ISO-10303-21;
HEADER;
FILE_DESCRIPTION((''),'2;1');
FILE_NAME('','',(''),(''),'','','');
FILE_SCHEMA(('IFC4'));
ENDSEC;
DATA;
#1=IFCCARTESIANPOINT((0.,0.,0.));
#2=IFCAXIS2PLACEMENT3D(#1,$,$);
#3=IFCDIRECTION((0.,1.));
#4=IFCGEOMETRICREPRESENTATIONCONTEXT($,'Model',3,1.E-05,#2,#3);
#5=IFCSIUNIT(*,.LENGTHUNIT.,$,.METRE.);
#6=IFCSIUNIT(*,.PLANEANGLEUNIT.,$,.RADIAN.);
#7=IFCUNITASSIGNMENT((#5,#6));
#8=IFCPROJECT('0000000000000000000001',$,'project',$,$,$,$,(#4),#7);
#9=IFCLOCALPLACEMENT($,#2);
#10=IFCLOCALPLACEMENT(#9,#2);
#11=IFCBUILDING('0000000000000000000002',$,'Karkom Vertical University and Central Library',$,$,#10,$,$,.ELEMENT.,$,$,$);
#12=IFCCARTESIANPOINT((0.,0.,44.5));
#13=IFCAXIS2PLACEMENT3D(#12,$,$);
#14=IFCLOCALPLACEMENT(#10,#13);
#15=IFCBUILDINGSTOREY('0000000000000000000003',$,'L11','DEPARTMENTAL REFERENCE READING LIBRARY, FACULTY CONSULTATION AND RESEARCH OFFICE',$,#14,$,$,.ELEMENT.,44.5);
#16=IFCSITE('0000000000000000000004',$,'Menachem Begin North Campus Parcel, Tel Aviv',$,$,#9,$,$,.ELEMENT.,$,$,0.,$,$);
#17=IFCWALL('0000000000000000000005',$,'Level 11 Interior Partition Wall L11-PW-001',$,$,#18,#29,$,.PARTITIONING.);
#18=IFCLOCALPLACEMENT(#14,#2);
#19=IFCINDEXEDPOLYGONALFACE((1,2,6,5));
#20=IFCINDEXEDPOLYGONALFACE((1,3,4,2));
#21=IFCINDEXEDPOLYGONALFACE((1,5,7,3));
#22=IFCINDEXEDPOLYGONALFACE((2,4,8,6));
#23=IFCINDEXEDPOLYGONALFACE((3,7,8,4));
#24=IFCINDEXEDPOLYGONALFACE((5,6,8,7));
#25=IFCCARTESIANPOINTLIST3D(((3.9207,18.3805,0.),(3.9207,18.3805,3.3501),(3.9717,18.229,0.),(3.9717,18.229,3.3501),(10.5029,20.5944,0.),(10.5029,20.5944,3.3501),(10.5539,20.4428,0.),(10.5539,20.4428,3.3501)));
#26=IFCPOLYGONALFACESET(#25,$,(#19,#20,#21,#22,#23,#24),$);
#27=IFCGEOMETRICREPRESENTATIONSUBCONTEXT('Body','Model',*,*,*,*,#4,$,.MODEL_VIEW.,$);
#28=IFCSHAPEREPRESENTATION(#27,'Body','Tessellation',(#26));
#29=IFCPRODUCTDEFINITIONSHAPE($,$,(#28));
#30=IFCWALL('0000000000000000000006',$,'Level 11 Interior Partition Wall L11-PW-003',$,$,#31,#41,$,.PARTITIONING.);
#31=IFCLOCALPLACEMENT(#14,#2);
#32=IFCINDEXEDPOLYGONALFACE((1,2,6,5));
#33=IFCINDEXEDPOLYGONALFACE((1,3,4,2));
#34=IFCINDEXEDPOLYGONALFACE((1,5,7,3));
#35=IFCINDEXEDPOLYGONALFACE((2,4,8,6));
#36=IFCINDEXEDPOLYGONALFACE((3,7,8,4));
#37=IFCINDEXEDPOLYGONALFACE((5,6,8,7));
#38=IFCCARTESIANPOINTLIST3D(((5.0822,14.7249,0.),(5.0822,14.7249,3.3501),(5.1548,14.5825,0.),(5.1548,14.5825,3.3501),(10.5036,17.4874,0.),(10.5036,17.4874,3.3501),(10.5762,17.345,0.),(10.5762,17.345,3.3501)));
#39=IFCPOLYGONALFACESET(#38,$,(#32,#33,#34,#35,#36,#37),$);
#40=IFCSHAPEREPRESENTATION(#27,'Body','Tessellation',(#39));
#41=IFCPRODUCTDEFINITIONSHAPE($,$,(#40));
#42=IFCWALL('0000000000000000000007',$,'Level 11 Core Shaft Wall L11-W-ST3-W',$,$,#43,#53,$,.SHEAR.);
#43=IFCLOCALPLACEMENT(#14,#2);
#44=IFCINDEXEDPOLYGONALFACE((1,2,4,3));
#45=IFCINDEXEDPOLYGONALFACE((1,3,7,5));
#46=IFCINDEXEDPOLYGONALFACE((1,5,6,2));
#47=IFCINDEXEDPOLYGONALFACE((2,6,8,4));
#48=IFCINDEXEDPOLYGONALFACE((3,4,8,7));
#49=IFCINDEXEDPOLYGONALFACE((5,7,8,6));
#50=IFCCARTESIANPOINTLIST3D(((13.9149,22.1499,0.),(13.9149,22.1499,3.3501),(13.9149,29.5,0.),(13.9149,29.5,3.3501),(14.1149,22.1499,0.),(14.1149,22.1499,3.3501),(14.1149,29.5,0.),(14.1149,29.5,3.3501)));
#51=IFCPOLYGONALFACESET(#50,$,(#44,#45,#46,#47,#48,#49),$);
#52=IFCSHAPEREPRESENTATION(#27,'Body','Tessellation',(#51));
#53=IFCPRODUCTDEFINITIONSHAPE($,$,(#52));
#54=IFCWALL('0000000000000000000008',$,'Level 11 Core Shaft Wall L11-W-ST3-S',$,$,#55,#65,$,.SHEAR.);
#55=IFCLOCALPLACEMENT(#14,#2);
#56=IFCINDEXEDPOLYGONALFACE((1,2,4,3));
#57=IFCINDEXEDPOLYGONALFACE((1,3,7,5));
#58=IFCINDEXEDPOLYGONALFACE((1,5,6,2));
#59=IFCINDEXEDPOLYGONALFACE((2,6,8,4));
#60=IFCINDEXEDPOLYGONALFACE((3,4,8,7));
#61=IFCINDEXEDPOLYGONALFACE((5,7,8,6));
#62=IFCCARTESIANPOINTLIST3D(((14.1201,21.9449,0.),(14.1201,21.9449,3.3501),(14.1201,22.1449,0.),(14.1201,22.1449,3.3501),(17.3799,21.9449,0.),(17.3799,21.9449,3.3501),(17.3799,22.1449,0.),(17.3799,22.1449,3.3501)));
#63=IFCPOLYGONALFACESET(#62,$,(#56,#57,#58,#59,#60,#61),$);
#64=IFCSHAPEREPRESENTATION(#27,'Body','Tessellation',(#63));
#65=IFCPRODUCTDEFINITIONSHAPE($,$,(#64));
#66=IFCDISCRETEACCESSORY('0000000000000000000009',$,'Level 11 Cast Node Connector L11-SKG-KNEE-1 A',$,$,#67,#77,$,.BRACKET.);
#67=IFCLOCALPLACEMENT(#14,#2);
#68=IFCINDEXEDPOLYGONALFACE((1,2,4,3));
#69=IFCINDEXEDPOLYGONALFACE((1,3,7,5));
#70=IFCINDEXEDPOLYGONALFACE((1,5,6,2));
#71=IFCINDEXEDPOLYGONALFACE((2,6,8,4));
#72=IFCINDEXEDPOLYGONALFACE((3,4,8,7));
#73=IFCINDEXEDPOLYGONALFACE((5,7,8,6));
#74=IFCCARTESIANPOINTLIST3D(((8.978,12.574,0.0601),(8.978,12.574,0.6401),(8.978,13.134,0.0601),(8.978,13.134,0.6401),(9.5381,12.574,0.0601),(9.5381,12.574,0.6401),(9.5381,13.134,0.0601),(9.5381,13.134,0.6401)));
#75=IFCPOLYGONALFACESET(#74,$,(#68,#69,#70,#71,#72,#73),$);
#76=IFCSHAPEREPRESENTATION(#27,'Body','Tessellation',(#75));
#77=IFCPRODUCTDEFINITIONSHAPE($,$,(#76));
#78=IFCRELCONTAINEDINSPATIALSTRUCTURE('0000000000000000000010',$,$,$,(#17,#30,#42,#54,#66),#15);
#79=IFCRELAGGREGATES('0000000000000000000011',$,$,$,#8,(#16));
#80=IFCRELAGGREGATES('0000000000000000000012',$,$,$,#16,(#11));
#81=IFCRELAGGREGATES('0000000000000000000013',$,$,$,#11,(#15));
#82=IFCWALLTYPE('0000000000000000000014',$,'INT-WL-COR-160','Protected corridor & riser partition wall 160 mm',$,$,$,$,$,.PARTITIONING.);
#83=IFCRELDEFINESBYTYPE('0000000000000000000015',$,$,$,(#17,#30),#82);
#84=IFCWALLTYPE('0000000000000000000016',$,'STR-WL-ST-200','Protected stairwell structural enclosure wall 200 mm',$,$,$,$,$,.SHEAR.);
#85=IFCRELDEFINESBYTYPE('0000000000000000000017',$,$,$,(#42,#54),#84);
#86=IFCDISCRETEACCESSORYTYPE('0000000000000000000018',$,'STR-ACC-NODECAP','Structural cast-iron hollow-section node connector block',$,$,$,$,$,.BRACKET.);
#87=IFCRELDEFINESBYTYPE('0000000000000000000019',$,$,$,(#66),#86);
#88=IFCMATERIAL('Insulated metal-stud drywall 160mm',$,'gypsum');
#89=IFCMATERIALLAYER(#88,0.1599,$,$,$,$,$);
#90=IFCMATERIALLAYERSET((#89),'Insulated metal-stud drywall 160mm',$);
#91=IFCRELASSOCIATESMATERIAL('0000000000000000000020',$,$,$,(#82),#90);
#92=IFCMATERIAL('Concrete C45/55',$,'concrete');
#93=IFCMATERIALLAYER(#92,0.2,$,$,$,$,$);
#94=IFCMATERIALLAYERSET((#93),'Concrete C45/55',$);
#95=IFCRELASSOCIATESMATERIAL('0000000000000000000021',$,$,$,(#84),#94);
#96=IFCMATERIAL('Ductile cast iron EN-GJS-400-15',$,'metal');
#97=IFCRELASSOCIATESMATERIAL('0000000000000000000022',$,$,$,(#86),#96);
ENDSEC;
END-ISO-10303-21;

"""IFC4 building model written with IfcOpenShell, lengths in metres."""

from ifc_helpers import new_model, si_unit, direction, frame, frame_2d, origin, origin_with_axes, origin_2d, place, context, subcontext, project, spatial, rectangle, extrude, source, transform, mapped, material, layer, layer_set, type_object, element, save


model = new_model("IFC4")

# Units and contexts
model_context = context("Model", 3, precision=1e-05, world=origin(), true_north=direction((0.0, 1.0)))
body_context = subcontext(model_context, "Body", "Model", "MODEL_VIEW")
ifc_project = project(units=[si_unit("LENGTHUNIT", "METRE"), si_unit("PLANEANGLEUNIT", "RADIAN")], contexts=[model_context])

# Site, building, storey
site_placement = place(None, origin())
site = spatial("IfcSite", under=ifc_project, at=site_placement, Name="Menachem Begin North Campus Parcel, Tel Aviv", CompositionType="ELEMENT", RefElevation=0.0)
building_placement = place(site_placement, origin())
building = spatial("IfcBuilding", under=site, at=building_placement, Name="Karkom Vertical University and Central Library", CompositionType="ELEMENT")
storey_placement = place(building_placement, frame((0.0, 0.0, 44.5)))
storey = spatial("IfcBuildingStorey", under=building, at=storey_placement, Name="L11", Description="DEPARTMENTAL REFERENCE READING LIBRARY, FACULTY CONSULTATION AND RESEARCH OFFICE", CompositionType="ELEMENT", Elevation=44.5)

# Shared definitions
ifc_material_1 = material(Name="Insulated metal-stud drywall 160mm", Category="gypsum")
ifc_layer_1 = layer(ifc_material_1, 0.1599)
ifc_layer_set_1 = layer_set([ifc_layer_1], Name="Insulated metal-stud drywall 160mm")
wall_type_1 = type_object("IfcWallType", Name="INT-WL-COR-160", Description="Protected corridor & riser partition wall 160 mm", PredefinedType="PARTITIONING", material=ifc_layer_set_1)

# Walls
wall_1_placement = place(storey_placement, frame((10.5283, 20.5186, 0.0), z_axis=(0.0, 0.0, 1.0), x_axis=(-0.947826, -0.318789, 0.0)))
element("IfcWall", 1, at=wall_1_placement, inside=storey, type_object=wall_type_1, Name="Level 11 Interior Partition Wall L11-PW-001", PredefinedType="PARTITIONING", context=body_context, shape_type="SweptSolid", body=[
    extrude(rectangle(XDim=6.9446, YDim=0.1599, at=frame_2d((3.4722, 0.0))), origin(), (0.0, 0.0, 1.0), 3.3501),
])
wall_2_placement = place(storey_placement, frame((10.54, 17.4163, 0.0), z_axis=(0.0, 0.0, 1.0), x_axis=(-0.890999, -0.454006, 0.0)))
element("IfcWall", 2, at=wall_2_placement, inside=storey, type_object=wall_type_1, Name="Level 11 Interior Partition Wall L11-PW-003", PredefinedType="PARTITIONING", context=body_context, shape_type="SweptSolid", body=[
    extrude(rectangle(XDim=6.0847, YDim=0.1599, at=frame_2d((3.0425, 0.0))), origin(), (0.0, 0.0, 1.0), 3.3501),
])
ifc_material_2 = material(Name="Concrete C45/55", Category="concrete")
ifc_layer_2 = layer(ifc_material_2, 0.2)
ifc_layer_set_2 = layer_set([ifc_layer_2], Name="Concrete C45/55")
wall_type_2 = type_object("IfcWallType", Name="STR-WL-ST-200", Description="Protected stairwell structural enclosure wall 200 mm", PredefinedType="SHEAR", material=ifc_layer_set_2)
wall_3_placement = place(storey_placement, frame((14.0149, 22.1499, 0.0), z_axis=(0.0, 0.0, 1.0), x_axis=(0.0, 1.0, 0.0)))
element("IfcWall", 3, at=wall_3_placement, inside=storey, type_object=wall_type_2, Name="Level 11 Core Shaft Wall L11-W-ST3-W", PredefinedType="SHEAR", context=body_context, shape_type="SweptSolid", body=[
    extrude(rectangle(XDim=7.3501, YDim=0.2, at=frame_2d((3.675, 0.0))), origin(), (0.0, 0.0, 1.0), 3.3501),
])
wall_4_placement = place(storey_placement, frame((14.1201, 22.0449, 0.0), z_axis=(0.0, 0.0, 1.0), x_axis=(1.0, 0.0, 0.0)))
element("IfcWall", 4, at=wall_4_placement, inside=storey, type_object=wall_type_2, Name="Level 11 Core Shaft Wall L11-W-ST3-S", PredefinedType="SHEAR", context=body_context, shape_type="SweptSolid", body=[
    extrude(rectangle(XDim=3.2598, YDim=0.2, at=frame_2d((1.6299, 0.0))), origin(), (0.0, 0.0, 1.0), 3.3501),
])

# Discrete accessory
ifc_material_3 = material(Name="Ductile cast iron EN-GJS-400-15", Category="metal")
discrete_accessory_type = type_object("IfcDiscreteAccessoryType", Name="STR-ACC-NODECAP", Description="Structural cast-iron hollow-section node connector block", PredefinedType="BRACKET", material=ifc_material_3)
shared_shape_1 = source(origin_with_axes(), body_context, "Body", "SweptSolid", [
    extrude(rectangle(XDim=0.5601, YDim=0.5601, at=origin_2d()), origin(), (0.0, 0.0, 1.0), 0.5801),
])
discrete_accessory_placement = place(storey_placement, frame((9.2581, 12.854, 0.0601), z_axis=(0.0, 0.0, 1.0), x_axis=(1.0, 0.0, 0.0)))
element("IfcDiscreteAccessory", 5, at=discrete_accessory_placement, inside=storey, type_object=discrete_accessory_type, Name="Level 11 Cast Node Connector L11-SKG-KNEE-1 A", PredefinedType="BRACKET", context=body_context, shape_type="MappedRepresentation", body=[
    mapped(shared_shape_1, transform((0.0, 0.0, 0.0), scale=1.0)),
])

save(model, "model.ifc")
